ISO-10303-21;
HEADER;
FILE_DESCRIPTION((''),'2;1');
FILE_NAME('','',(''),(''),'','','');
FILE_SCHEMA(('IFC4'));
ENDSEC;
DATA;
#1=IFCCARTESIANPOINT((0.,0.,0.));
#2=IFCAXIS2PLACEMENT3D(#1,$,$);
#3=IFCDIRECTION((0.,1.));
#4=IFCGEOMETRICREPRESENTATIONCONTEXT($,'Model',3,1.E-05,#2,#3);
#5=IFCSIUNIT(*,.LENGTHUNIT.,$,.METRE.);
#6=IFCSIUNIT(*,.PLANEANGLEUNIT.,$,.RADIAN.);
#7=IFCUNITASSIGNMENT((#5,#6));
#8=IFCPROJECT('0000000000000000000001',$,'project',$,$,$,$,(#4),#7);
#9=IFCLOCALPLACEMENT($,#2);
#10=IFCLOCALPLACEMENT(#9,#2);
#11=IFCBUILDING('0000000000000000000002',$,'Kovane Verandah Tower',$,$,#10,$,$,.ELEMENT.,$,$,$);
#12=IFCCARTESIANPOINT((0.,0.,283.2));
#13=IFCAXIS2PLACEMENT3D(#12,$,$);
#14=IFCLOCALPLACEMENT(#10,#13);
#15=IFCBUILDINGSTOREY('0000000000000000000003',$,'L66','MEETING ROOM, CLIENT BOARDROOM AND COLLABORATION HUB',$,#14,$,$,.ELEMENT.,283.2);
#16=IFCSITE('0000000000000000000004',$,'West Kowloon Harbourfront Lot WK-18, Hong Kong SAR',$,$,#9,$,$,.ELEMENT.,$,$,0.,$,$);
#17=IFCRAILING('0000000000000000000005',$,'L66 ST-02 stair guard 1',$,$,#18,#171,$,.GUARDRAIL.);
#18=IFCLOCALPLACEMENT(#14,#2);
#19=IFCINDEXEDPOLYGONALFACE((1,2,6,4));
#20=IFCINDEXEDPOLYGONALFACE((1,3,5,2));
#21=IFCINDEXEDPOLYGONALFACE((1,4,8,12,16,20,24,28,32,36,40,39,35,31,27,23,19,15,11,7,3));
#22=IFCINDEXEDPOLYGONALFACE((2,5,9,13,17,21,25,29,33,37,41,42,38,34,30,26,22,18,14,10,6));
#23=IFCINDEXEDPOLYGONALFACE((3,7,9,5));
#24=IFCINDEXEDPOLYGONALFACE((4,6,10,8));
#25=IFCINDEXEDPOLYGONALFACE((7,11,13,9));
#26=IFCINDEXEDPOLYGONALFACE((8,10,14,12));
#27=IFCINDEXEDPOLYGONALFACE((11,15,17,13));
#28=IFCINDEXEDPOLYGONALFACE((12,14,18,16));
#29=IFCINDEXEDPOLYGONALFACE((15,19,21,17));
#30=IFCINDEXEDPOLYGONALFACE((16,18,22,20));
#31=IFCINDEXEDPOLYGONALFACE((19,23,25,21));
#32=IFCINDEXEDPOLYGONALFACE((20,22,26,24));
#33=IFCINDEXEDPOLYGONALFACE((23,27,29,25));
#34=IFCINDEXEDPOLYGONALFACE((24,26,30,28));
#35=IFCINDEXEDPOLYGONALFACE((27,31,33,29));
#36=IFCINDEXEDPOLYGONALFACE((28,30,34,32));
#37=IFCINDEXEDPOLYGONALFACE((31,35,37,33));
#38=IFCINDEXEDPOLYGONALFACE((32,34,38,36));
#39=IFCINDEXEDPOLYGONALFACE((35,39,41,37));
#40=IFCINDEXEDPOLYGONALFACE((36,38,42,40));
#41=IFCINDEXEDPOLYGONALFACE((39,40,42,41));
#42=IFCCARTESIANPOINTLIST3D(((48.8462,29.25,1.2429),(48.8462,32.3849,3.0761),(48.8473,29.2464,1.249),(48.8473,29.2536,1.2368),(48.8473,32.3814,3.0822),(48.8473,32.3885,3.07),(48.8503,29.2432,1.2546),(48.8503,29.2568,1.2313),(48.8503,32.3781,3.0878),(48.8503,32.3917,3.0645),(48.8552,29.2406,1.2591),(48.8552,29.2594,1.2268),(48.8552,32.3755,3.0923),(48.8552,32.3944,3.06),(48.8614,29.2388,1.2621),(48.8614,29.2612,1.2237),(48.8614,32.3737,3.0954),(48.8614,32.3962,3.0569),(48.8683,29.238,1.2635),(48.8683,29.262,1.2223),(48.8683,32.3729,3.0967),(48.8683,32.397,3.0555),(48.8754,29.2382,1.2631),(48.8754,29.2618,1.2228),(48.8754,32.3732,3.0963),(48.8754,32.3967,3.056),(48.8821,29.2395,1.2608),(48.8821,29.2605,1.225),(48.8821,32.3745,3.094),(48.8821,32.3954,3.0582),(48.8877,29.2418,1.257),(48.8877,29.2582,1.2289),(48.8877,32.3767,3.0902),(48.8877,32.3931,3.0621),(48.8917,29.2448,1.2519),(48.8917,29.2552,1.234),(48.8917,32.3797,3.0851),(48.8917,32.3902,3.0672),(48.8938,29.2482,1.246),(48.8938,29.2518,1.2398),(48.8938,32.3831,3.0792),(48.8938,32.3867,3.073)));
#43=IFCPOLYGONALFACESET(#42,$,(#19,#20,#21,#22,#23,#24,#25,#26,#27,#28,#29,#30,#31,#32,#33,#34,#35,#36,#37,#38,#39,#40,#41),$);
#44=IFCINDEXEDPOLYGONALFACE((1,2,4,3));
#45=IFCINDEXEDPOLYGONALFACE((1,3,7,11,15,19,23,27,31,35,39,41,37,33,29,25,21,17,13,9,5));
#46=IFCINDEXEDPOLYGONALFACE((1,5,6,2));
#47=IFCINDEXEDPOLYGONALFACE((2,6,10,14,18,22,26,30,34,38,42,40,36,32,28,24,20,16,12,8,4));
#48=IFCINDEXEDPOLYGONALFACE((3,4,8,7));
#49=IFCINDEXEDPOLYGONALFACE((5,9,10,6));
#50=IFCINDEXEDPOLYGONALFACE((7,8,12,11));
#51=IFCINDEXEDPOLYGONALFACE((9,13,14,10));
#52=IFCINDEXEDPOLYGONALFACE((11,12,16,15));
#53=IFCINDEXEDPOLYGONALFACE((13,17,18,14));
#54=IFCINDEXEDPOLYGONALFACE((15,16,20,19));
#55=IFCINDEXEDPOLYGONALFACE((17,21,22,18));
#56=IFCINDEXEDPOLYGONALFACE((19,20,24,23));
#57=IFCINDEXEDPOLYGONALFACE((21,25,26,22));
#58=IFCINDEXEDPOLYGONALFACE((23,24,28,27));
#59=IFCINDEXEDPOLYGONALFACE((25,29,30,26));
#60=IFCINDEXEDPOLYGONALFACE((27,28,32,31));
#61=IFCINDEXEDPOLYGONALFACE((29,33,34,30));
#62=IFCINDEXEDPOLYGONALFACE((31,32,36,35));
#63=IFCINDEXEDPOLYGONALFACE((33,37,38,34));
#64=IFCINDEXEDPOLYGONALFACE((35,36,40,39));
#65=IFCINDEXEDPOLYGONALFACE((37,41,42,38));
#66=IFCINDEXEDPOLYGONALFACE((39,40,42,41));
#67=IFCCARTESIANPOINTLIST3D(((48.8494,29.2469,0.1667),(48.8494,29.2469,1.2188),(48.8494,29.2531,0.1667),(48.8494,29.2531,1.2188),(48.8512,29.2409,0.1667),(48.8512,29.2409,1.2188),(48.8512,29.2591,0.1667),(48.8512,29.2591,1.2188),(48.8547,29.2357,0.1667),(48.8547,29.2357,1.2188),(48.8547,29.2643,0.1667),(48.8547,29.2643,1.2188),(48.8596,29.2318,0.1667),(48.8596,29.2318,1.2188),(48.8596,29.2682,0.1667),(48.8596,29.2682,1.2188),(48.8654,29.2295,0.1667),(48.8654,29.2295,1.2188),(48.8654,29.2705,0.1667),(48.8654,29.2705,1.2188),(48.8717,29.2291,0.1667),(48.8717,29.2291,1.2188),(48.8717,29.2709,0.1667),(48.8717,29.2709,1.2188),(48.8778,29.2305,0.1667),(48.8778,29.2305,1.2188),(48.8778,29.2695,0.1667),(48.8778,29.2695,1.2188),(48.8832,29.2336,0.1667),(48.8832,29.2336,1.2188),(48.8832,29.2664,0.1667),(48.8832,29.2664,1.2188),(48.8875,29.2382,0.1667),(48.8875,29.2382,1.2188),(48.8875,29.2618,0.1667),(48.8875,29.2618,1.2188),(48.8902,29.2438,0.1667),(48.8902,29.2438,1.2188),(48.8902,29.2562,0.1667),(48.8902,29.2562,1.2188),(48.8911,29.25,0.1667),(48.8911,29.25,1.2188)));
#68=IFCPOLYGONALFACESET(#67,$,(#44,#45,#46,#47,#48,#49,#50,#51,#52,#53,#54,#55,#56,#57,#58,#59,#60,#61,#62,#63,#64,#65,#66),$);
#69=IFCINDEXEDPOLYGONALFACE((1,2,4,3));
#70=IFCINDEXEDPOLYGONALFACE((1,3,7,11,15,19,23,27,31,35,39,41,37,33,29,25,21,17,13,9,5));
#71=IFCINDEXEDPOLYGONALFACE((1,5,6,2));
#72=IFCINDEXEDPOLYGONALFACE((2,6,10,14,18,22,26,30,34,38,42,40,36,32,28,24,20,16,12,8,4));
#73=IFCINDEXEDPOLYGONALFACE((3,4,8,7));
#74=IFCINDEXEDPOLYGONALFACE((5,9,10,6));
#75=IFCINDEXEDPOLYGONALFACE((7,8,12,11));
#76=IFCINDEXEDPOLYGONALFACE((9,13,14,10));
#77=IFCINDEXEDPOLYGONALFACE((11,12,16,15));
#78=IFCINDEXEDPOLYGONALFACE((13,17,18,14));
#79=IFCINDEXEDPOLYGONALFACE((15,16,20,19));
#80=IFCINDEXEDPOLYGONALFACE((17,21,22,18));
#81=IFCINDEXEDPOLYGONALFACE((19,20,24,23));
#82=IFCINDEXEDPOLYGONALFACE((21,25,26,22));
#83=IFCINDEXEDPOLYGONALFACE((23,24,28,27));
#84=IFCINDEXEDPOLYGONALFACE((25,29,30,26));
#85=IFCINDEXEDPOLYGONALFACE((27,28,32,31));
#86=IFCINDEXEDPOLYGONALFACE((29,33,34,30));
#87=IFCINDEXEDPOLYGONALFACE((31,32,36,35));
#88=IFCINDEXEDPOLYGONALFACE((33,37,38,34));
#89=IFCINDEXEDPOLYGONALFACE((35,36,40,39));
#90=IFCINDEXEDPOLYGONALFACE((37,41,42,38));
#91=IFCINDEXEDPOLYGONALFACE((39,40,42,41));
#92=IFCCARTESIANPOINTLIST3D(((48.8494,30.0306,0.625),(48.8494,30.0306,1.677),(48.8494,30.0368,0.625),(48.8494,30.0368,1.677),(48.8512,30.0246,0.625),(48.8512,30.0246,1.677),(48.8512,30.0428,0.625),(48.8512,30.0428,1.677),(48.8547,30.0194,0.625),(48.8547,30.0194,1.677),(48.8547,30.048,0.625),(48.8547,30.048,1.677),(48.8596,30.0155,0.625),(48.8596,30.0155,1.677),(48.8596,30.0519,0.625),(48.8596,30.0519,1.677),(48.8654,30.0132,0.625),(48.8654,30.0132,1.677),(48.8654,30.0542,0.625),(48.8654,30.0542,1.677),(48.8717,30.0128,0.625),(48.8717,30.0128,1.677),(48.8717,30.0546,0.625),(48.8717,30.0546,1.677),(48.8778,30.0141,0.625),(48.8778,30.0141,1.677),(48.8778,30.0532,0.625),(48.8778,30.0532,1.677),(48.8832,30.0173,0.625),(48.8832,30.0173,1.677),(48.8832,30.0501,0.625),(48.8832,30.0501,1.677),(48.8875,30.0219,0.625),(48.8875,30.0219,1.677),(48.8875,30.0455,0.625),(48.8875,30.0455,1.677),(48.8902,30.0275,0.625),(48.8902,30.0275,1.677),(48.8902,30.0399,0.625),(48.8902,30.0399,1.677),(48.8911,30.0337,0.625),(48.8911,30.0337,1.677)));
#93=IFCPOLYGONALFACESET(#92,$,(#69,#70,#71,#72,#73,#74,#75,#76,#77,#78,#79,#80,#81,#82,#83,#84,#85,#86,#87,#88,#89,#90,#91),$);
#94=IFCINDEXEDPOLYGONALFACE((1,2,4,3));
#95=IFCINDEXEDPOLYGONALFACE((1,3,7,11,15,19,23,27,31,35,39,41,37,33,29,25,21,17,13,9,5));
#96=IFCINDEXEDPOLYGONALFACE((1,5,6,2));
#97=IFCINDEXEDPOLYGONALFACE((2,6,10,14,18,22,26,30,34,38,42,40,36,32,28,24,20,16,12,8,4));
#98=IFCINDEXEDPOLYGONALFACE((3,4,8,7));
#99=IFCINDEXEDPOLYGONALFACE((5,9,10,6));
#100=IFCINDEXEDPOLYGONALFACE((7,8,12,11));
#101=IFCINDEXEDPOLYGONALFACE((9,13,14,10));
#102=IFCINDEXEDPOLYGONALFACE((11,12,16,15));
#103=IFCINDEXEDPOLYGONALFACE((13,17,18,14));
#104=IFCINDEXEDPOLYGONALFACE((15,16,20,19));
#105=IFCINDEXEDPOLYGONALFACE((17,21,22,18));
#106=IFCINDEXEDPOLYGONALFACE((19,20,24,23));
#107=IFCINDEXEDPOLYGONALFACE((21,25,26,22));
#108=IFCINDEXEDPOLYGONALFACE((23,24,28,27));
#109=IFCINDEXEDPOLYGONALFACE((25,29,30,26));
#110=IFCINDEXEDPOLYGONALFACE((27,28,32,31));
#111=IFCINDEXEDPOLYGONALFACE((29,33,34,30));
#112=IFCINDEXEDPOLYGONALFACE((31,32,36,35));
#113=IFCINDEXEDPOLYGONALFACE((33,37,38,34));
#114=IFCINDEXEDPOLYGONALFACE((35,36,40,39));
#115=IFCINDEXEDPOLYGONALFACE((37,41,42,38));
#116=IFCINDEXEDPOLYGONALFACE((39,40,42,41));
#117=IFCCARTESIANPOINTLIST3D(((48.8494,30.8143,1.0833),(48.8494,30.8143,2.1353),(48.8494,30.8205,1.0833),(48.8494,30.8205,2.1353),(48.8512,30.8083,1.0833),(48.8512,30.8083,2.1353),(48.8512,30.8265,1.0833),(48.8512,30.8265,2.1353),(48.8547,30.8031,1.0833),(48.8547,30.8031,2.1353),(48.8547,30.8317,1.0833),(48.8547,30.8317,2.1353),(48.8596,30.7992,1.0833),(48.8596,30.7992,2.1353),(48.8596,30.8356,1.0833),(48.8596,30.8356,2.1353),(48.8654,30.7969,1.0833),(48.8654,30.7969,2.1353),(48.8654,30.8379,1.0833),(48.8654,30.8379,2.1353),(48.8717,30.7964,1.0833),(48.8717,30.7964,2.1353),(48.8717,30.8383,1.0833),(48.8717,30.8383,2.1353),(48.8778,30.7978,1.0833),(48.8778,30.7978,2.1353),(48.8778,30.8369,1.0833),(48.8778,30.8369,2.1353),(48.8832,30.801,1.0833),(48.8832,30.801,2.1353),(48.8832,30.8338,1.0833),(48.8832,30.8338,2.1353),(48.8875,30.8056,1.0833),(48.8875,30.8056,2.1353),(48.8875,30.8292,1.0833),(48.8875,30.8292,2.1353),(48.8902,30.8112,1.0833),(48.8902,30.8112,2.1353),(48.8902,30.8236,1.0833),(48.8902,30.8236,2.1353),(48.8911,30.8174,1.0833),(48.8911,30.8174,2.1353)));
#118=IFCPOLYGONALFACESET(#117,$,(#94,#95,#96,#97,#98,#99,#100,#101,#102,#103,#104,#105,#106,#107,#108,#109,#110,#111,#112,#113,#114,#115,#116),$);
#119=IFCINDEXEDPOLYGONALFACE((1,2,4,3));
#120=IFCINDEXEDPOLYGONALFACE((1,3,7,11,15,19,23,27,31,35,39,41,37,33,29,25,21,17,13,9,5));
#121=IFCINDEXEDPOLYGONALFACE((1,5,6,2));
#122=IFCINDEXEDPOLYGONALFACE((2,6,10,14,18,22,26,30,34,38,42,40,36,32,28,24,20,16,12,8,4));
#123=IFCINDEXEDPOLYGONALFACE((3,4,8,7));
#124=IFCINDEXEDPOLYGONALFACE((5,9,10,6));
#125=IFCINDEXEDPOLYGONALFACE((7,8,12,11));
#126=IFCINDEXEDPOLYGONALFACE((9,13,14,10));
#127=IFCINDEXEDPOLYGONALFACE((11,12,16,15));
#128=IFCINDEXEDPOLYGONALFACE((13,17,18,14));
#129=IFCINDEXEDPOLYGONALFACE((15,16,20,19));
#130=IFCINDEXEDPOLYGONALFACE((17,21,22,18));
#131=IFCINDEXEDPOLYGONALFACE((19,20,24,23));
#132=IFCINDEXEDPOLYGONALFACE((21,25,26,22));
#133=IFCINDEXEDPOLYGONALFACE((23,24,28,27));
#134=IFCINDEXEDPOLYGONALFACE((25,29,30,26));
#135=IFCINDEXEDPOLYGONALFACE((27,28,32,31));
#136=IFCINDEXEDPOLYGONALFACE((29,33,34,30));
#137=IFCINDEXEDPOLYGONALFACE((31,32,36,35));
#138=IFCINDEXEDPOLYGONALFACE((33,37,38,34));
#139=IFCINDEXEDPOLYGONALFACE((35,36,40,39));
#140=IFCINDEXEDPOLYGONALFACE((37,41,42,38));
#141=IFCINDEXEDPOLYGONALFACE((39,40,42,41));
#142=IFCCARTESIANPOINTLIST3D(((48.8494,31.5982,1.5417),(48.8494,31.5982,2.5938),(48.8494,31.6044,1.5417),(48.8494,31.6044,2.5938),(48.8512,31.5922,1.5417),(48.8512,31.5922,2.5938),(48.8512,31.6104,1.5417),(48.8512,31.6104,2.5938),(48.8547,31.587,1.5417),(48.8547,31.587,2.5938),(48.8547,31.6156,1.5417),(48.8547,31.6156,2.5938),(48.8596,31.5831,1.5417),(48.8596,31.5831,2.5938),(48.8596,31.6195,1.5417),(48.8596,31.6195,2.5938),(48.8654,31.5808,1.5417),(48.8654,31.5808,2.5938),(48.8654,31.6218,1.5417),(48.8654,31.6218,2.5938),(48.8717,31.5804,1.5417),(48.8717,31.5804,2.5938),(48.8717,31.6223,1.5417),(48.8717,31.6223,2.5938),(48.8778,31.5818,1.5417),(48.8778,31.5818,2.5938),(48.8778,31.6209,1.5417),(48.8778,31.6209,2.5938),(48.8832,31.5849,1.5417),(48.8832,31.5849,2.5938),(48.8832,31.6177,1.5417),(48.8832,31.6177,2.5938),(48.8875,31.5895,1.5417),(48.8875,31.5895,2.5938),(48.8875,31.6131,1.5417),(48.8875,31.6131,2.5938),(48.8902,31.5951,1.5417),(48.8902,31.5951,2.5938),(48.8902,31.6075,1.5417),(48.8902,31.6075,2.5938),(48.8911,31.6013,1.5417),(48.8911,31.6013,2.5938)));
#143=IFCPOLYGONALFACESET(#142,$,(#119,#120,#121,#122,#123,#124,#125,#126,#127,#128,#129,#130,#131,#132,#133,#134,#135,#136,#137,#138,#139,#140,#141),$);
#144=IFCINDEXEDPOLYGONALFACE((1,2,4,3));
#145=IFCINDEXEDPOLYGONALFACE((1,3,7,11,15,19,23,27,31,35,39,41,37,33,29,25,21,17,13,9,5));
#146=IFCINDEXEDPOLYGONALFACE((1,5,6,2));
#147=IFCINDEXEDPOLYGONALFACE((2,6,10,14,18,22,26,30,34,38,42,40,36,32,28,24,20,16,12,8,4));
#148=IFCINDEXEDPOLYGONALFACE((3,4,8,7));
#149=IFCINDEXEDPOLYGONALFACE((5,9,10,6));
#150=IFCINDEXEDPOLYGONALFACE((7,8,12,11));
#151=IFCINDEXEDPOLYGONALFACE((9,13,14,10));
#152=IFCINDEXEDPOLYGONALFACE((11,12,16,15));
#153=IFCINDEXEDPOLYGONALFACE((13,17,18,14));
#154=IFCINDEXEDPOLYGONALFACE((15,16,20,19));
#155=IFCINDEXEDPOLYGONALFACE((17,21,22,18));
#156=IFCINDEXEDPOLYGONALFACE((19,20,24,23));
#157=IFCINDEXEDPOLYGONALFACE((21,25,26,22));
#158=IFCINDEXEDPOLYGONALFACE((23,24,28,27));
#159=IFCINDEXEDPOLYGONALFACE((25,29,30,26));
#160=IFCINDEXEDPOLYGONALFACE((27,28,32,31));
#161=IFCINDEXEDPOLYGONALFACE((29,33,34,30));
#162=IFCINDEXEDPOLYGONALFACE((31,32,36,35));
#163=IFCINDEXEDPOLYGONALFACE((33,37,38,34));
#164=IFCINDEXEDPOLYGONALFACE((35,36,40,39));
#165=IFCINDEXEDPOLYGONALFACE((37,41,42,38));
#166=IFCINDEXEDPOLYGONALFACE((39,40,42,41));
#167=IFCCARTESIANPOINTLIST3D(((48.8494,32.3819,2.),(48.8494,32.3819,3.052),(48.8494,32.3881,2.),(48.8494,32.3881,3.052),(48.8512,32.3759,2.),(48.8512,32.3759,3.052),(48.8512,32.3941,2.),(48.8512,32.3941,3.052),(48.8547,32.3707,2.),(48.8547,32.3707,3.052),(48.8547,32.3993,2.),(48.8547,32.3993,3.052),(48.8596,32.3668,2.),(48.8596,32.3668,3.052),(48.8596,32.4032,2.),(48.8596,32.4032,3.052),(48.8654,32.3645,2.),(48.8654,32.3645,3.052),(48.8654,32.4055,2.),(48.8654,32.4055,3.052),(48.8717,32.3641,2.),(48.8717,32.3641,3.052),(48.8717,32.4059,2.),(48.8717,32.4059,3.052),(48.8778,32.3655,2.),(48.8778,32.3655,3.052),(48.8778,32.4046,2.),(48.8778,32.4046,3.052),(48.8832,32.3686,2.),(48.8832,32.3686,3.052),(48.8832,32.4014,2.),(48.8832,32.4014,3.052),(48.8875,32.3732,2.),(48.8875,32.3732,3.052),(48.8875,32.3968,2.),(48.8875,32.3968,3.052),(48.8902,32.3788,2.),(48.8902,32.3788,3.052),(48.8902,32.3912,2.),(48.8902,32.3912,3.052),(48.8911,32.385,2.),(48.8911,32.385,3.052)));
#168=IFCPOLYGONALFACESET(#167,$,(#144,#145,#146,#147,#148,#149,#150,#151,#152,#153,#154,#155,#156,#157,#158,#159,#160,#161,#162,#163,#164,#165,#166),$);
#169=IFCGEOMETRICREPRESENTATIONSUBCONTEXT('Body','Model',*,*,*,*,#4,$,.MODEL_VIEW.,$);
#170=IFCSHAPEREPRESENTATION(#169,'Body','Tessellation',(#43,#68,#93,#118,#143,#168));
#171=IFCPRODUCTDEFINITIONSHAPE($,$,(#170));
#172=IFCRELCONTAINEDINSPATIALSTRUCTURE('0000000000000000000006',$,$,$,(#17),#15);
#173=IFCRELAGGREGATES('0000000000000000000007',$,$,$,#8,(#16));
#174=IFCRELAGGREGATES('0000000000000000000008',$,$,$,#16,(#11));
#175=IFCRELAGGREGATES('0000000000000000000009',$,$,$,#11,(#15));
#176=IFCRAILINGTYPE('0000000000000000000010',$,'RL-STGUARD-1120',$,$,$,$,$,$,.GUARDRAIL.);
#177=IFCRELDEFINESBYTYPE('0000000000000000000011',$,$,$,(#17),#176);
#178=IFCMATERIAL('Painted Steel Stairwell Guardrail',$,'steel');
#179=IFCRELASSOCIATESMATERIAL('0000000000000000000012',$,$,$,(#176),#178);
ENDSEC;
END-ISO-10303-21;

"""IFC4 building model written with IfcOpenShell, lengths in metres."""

from ifc_helpers import new_model, si_unit, direction, frame, origin, origin_2d, place, context, subcontext, project, spatial, circle, extrude, material, type_object, element, save


model = new_model("IFC4")

# Units and contexts
model_context = context("Model", 3, precision=1e-05, world=origin(), true_north=direction((0.0, 1.0)))
body_context = subcontext(model_context, "Body", "Model", "MODEL_VIEW")
ifc_project = project(units=[si_unit("LENGTHUNIT", "METRE"), si_unit("PLANEANGLEUNIT", "RADIAN")], contexts=[model_context])

# Site, building, storey
site_placement = place(None, origin())
site = spatial("IfcSite", under=ifc_project, at=site_placement, Name="West Kowloon Harbourfront Lot WK-18, Hong Kong SAR", CompositionType="ELEMENT", RefElevation=0.0)
building_placement = place(site_placement, origin())
building = spatial("IfcBuilding", under=site, at=building_placement, Name="Kovane Verandah Tower", CompositionType="ELEMENT")
storey_placement = place(building_placement, frame((0.0, 0.0, 283.2)))
storey = spatial("IfcBuildingStorey", under=building, at=storey_placement, Name="L66", Description="MEETING ROOM, CLIENT BOARDROOM AND COLLABORATION HUB", CompositionType="ELEMENT", Elevation=283.2)

# Railing
ifc_material_1 = material(Name="Painted Steel Stairwell Guardrail", Category="steel")
railing_type_1 = type_object("IfcRailingType", Name="RL-STGUARD-1120", PredefinedType="GUARDRAIL", material=ifc_material_1)
railing_1_placement = place(storey_placement, frame((48.8701, 29.25, 0.1667)))
element("IfcRailing", 1, at=railing_1_placement, inside=storey, type_object=railing_type_1, Name="L66 ST-02 stair guard 1", PredefinedType="GUARDRAIL", context=body_context, shape_type="SweptSolid", body=[
    extrude(circle(Radius=0.0239, at=origin_2d()), frame((0.0, 0.0, 1.0762), z_axis=(0.0, 0.86324, 0.504794), x_axis=(-1.0, 0.0, 0.0)), (0.0, 0.0, 1.0), 3.6316),
    extrude(circle(Radius=0.021, at=origin_2d()), origin(), (0.0, 0.0, 1.0), 1.052),
    extrude(circle(Radius=0.021, at=origin_2d()), frame((0.0, 0.7837, 0.4583)), (0.0, 0.0, 1.0), 1.052),
    extrude(circle(Radius=0.021, at=origin_2d()), frame((0.0, 1.5674, 0.9165)), (0.0, 0.0, 1.0), 1.052),
    extrude(circle(Radius=0.021, at=origin_2d()), frame((0.0, 2.3513, 1.375)), (0.0, 0.0, 1.0), 1.052),
    extrude(circle(Radius=0.021, at=origin_2d()), frame((0.0, 3.135, 1.8333)), (0.0, 0.0, 1.0), 1.052),
])

save(model, "model.ifc")
